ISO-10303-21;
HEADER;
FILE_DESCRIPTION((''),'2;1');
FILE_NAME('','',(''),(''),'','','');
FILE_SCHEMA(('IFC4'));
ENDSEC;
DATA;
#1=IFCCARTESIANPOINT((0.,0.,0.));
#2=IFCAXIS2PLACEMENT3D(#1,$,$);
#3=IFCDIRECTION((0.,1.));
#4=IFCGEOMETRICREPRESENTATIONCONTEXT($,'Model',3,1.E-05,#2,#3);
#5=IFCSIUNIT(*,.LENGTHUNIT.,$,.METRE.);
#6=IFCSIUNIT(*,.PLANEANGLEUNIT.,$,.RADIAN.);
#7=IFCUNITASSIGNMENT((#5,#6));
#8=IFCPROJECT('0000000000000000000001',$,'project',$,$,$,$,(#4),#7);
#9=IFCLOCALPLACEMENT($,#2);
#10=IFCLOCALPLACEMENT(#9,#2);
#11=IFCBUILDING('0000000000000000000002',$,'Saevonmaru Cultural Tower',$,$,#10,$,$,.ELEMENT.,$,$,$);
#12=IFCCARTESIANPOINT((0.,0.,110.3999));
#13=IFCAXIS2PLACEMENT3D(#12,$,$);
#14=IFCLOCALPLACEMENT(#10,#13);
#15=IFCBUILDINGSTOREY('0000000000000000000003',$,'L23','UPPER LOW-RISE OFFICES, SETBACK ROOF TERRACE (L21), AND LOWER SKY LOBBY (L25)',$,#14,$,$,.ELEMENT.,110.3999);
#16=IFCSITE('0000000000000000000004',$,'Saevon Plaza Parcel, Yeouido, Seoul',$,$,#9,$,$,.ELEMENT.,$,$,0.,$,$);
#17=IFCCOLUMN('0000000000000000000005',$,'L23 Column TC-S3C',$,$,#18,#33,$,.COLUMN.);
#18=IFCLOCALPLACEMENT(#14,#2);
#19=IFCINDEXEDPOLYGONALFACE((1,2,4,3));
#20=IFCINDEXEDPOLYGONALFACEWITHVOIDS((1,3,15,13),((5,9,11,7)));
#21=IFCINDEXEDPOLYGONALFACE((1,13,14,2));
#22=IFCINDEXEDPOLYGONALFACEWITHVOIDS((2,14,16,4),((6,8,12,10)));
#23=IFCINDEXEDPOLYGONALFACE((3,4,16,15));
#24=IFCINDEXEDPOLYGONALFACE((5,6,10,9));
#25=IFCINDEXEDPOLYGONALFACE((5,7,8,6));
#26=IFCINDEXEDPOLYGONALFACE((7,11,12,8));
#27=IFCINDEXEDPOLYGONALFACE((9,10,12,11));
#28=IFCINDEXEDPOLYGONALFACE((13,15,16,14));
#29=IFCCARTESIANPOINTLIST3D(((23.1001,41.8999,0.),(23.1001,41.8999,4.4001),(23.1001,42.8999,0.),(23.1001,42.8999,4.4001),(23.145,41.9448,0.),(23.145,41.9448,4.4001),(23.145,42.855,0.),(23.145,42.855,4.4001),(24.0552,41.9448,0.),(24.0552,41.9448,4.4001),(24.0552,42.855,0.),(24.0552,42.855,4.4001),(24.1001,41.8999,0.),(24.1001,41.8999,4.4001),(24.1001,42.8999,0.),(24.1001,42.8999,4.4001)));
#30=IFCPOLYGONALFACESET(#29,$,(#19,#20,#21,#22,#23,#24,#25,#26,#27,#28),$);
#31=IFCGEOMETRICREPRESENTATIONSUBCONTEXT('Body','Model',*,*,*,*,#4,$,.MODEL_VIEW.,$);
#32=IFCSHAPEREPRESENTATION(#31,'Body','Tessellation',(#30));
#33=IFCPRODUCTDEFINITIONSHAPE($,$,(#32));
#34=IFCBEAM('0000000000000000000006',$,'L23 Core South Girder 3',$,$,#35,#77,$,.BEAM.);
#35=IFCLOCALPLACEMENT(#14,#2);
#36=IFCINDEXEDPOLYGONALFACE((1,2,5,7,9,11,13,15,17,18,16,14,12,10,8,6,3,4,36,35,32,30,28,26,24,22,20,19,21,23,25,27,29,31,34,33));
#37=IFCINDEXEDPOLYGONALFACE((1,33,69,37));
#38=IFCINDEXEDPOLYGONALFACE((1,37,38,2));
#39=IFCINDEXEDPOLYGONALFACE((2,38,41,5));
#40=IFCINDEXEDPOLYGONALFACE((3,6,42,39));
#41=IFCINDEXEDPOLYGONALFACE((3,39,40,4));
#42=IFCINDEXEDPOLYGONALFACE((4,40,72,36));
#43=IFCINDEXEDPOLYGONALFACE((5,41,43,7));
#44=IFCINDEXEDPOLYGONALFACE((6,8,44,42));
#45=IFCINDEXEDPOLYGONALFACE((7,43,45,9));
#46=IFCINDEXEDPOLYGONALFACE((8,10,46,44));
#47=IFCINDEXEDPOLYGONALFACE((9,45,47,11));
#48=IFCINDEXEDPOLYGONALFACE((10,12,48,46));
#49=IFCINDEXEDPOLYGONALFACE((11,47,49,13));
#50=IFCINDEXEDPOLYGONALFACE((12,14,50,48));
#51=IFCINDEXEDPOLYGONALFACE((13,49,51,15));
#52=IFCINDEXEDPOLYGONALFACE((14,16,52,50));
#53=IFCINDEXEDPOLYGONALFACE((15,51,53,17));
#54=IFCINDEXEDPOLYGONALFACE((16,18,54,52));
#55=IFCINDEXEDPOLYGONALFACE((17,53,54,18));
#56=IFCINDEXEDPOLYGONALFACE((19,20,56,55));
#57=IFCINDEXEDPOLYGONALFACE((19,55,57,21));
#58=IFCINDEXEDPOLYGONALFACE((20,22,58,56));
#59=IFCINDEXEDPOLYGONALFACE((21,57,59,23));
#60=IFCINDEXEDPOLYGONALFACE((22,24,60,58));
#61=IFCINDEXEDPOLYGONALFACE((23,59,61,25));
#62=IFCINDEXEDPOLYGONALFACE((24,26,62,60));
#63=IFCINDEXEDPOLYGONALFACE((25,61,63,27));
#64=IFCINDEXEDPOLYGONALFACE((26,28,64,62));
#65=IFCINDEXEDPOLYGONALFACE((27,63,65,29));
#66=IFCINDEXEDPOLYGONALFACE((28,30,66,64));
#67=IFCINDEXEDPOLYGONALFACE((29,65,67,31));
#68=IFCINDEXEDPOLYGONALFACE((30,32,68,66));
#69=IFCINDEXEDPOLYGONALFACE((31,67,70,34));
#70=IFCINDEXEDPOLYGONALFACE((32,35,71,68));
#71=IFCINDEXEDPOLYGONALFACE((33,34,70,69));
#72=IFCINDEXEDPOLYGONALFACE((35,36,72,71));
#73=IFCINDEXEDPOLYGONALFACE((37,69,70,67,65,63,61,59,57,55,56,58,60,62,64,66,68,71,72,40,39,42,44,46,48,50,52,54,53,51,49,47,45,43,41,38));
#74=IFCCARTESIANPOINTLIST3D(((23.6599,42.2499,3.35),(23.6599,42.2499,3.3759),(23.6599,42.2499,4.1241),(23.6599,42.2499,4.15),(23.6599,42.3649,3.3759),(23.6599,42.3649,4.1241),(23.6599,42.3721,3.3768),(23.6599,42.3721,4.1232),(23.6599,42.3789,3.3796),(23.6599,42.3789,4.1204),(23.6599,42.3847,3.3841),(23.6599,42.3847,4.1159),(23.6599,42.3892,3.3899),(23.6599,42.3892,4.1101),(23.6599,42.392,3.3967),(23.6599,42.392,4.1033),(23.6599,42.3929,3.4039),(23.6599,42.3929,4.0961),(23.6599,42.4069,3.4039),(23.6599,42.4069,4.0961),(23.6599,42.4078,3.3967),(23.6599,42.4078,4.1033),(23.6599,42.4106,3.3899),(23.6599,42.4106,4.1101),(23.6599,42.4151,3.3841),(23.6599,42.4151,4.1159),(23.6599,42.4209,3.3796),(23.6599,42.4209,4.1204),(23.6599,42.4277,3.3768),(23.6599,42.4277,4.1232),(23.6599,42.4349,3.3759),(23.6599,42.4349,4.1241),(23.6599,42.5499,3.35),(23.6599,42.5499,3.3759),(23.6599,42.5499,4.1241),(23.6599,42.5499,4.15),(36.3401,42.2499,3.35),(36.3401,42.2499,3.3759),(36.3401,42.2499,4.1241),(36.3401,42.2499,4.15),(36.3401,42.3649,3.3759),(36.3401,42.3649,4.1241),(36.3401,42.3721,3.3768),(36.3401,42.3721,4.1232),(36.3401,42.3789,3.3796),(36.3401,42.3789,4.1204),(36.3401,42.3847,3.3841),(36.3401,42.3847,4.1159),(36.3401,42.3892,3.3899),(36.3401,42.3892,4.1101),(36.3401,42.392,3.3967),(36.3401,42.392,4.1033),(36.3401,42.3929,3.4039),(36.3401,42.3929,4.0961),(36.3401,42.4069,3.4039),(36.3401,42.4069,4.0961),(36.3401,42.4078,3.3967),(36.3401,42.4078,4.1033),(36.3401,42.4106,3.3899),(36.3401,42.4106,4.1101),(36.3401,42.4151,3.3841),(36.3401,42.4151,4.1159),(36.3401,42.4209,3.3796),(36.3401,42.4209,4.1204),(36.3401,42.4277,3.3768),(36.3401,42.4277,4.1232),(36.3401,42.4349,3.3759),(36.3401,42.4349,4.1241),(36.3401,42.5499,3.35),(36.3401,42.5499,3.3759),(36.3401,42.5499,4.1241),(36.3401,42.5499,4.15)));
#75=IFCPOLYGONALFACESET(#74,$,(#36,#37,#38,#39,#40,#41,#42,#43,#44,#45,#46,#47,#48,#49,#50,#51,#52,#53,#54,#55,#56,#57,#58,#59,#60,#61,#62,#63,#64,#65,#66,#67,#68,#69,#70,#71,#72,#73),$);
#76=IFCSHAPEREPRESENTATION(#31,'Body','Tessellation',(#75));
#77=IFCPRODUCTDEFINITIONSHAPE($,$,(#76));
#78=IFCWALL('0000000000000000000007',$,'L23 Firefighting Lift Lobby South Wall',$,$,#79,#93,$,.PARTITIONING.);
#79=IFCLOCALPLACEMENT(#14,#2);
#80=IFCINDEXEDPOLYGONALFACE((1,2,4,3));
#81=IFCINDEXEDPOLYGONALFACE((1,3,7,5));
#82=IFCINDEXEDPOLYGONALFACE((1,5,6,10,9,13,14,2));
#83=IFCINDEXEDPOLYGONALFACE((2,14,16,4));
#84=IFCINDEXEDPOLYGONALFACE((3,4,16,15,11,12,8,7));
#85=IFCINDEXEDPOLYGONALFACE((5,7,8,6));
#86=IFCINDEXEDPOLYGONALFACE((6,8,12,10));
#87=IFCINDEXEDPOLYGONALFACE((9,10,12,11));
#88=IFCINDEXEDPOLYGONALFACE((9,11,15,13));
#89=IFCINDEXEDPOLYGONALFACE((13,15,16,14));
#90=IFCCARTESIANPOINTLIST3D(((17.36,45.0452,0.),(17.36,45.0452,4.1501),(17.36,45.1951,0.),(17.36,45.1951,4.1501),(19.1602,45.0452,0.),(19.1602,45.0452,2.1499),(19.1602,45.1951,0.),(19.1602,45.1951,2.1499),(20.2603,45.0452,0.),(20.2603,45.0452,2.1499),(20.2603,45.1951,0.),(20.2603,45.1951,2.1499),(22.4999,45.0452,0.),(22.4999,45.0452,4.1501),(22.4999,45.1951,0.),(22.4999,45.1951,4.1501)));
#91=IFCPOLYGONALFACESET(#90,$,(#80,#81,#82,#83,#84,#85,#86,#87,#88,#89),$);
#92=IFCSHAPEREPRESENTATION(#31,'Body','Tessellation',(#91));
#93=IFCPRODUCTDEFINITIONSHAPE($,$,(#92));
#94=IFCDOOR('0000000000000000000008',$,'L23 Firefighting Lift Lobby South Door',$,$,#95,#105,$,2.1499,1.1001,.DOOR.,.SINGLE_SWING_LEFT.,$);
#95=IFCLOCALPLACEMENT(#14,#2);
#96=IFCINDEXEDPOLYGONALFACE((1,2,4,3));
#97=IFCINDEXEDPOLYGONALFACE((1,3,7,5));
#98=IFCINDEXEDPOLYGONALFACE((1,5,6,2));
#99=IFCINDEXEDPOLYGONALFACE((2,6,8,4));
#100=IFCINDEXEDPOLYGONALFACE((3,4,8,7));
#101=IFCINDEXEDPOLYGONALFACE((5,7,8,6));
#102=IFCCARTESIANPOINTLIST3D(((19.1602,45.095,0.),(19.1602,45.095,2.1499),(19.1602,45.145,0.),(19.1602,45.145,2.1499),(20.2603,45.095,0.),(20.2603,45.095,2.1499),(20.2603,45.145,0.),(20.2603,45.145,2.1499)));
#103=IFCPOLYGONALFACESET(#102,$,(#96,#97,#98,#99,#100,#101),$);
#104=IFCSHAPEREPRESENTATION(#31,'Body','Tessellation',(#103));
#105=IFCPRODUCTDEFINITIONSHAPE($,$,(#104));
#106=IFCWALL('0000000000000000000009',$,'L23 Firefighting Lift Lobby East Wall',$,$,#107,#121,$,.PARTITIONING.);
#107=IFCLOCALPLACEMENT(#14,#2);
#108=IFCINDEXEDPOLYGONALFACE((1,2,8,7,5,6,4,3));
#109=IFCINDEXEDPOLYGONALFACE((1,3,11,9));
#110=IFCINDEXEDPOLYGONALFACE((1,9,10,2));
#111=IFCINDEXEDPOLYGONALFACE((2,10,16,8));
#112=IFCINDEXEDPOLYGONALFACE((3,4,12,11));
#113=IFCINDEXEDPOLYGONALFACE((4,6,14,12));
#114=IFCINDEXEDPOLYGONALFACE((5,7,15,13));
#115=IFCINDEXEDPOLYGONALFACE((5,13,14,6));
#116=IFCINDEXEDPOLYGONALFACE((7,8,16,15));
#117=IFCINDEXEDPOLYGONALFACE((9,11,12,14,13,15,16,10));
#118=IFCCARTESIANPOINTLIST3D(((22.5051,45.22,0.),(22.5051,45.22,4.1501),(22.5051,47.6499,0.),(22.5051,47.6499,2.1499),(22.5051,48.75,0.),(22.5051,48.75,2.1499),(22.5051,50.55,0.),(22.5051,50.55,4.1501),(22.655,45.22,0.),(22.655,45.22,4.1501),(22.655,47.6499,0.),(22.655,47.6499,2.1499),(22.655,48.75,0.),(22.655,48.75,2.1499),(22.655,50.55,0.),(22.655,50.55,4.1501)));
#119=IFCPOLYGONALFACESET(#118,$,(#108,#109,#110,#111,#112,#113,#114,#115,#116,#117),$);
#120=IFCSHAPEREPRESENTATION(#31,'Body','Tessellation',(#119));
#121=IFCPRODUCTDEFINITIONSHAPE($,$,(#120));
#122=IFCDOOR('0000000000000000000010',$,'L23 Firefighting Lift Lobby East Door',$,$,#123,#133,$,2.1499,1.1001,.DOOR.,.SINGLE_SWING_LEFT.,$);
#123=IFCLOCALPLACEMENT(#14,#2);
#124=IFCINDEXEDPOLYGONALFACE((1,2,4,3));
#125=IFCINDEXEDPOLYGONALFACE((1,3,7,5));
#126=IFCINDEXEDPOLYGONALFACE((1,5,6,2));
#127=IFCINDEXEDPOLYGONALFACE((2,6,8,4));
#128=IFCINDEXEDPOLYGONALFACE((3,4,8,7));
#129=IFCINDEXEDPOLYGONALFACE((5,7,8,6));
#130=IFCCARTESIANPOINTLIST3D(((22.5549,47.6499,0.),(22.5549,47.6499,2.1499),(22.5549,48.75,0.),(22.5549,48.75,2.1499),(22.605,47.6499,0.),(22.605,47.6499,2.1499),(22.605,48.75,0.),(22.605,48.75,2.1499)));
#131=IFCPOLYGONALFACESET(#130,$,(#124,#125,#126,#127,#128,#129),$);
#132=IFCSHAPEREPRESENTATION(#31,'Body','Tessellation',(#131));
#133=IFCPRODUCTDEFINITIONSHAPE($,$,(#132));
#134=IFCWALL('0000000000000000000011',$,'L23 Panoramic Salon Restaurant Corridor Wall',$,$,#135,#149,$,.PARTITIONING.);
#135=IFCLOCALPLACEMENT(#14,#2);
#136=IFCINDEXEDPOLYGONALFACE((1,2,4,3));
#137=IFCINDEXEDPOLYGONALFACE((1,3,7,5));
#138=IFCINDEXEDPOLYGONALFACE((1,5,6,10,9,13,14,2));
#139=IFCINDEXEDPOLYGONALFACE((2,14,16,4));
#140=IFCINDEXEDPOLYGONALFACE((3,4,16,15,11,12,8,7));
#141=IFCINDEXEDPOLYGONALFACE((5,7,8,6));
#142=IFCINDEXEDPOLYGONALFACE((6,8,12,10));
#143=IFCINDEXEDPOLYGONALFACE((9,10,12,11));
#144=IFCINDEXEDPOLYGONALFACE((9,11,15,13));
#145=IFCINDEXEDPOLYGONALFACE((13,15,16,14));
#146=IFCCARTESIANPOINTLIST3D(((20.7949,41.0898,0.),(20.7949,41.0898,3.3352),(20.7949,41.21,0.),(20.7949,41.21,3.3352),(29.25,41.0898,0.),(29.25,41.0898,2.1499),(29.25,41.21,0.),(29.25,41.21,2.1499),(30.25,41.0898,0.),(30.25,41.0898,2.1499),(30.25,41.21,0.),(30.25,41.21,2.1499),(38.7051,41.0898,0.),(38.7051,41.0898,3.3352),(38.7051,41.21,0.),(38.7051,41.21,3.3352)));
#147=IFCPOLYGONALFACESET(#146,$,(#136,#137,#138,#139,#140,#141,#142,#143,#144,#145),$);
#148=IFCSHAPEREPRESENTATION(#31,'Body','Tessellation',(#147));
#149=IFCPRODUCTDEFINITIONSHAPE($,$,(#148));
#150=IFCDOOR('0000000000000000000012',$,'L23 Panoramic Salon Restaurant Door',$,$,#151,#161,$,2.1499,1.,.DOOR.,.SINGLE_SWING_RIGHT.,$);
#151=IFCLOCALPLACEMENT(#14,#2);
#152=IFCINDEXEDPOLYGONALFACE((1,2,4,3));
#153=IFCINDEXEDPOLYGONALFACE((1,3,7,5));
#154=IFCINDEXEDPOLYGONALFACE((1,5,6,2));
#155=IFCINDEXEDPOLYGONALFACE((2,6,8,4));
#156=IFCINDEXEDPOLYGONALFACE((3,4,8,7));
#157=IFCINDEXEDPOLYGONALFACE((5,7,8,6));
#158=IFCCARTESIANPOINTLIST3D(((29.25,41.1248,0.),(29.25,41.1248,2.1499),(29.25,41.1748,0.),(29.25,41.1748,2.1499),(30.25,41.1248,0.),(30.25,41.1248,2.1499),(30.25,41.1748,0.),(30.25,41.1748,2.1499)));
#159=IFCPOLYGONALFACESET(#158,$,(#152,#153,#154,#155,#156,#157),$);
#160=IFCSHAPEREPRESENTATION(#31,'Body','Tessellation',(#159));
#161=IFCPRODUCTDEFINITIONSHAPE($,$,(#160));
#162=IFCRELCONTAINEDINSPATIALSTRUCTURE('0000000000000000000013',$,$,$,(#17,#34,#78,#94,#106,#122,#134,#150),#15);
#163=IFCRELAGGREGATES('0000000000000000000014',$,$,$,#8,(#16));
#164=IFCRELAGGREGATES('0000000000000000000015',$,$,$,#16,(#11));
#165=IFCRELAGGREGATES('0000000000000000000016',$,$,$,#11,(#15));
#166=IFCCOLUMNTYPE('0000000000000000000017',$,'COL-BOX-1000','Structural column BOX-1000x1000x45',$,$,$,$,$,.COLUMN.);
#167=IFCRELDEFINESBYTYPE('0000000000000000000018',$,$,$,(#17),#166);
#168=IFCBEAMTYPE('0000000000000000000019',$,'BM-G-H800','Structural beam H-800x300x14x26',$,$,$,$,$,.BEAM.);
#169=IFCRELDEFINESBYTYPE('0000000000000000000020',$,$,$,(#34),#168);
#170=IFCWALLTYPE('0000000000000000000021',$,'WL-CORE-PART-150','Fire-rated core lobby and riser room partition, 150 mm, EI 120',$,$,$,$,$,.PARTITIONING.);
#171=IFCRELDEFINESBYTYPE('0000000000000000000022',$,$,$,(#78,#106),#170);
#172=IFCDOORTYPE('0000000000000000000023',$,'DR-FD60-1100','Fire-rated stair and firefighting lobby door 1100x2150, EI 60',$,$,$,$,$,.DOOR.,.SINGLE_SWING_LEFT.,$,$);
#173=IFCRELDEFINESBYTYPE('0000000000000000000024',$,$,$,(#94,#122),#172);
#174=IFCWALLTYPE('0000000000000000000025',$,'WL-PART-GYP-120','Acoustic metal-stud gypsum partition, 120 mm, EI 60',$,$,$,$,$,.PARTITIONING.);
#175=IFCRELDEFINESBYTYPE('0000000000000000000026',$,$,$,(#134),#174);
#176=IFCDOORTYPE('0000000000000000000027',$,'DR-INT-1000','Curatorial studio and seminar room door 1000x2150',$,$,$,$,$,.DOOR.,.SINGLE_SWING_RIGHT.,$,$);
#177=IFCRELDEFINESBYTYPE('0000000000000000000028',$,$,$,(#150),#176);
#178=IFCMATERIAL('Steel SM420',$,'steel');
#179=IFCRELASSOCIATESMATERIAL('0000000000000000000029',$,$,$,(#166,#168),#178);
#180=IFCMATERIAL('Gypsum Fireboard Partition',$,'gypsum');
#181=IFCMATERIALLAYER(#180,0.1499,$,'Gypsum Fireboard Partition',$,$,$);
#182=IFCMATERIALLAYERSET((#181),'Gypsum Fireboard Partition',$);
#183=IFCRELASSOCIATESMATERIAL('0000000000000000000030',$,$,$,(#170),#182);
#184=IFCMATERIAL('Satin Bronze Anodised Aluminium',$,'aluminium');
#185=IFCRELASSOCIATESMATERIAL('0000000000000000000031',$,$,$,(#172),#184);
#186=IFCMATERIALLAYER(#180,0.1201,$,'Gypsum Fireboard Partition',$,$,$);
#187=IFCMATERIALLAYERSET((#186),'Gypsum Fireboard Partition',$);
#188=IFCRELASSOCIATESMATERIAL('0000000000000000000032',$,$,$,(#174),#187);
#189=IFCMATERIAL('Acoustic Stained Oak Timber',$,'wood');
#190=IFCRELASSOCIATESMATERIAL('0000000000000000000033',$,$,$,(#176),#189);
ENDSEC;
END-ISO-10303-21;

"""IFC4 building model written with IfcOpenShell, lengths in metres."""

from ifc_helpers import new_model, si_unit, direction, frame, frame_2d, origin, origin_2d, place, context, subcontext, project, spatial, rectangle, hollow_rectangle, i_section, extrude, material, layer, layer_set, material_profile, profile_set, type_object, element, fill, save


model = new_model("IFC4")

# Units and contexts
model_context = context("Model", 3, precision=1e-05, world=origin(), true_north=direction((0.0, 1.0)))
body_context = subcontext(model_context, "Body", "Model", "MODEL_VIEW")
ifc_project = project(units=[si_unit("LENGTHUNIT", "METRE"), si_unit("PLANEANGLEUNIT", "RADIAN")], contexts=[model_context])

# Site, building, storey
site_placement = place(None, origin())
site = spatial("IfcSite", under=ifc_project, at=site_placement, Name="Saevon Plaza Parcel, Yeouido, Seoul", CompositionType="ELEMENT", RefElevation=0.0)
building_placement = place(site_placement, origin())
building = spatial("IfcBuilding", under=site, at=building_placement, Name="Saevonmaru Cultural Tower", CompositionType="ELEMENT")
storey_placement = place(building_placement, frame((0.0, 0.0, 110.3999)))
storey = spatial("IfcBuildingStorey", under=building, at=storey_placement, Name="L23", Description="UPPER LOW-RISE OFFICES, SETBACK ROOF TERRACE (L21), AND LOWER SKY LOBBY (L25)", CompositionType="ELEMENT", Elevation=110.3999)

# Column
ifc_material_1 = material(Name="Steel SM420", Category="steel")
ifc_material_profile_1 = material_profile(ifc_material_1, hollow_rectangle(XDim=1.0, YDim=1.0, WallThickness=0.0449, at=origin_2d()), Name="BOX-1000x1000x45")
ifc_profile_set_1 = profile_set([ifc_material_profile_1], Name="Steel SM420")
column_type = type_object("IfcColumnType", Name="COL-BOX-1000", Description="Structural column BOX-1000x1000x45", PredefinedType="COLUMN", material=ifc_profile_set_1)
column_placement = place(storey_placement, frame((23.6001, 42.3999, 0.0), z_axis=(0.0, 0.0, 1.0), x_axis=(1.0, 0.0, 0.0)))
element("IfcColumn", 1, at=column_placement, inside=storey, type_object=column_type, Name="L23 Column TC-S3C", PredefinedType="COLUMN", context=body_context, shape_type="SweptSolid", body=[
    extrude(hollow_rectangle(XDim=1.0, YDim=1.0, WallThickness=0.0449, at=origin_2d()), origin(), (0.0, 0.0, 1.0), 4.4001),
])

# Beam
ifc_material_profile_2 = material_profile(ifc_material_1, i_section(OverallWidth=0.3, OverallDepth=0.8, WebThickness=0.0139, FlangeThickness=0.0259, FilletRadius=0.0281, at=origin_2d()), Name="H-800x300x14x26")
ifc_profile_set_2 = profile_set([ifc_material_profile_2], Name="Steel SM420")
beam_type = type_object("IfcBeamType", Name="BM-G-H800", Description="Structural beam H-800x300x14x26", PredefinedType="BEAM", material=ifc_profile_set_2)
beam_placement = place(storey_placement, frame((23.6599, 42.3999, 3.75), z_axis=(1.0, 0.0, 0.0), x_axis=(0.0, 1.0, 0.0)))
element("IfcBeam", 2, at=beam_placement, inside=storey, type_object=beam_type, Name="L23 Core South Girder 3", PredefinedType="BEAM", context=body_context, shape_type="SweptSolid", body=[
    extrude(i_section(OverallWidth=0.3, OverallDepth=0.8, WebThickness=0.0139, FlangeThickness=0.0259, FilletRadius=0.0281, at=origin_2d()), origin(), (0.0, 0.0, 1.0), 12.6802),
])

# Walls, openings, doors
ifc_material_2 = material(Name="Gypsum Fireboard Partition", Category="gypsum")
ifc_layer_1 = layer(ifc_material_2, 0.1499, Name="Gypsum Fireboard Partition")
ifc_layer_set_1 = layer_set([ifc_layer_1], Name="Gypsum Fireboard Partition")
wall_type_1 = type_object("IfcWallType", Name="WL-CORE-PART-150", Description="Fire-rated core lobby and riser room partition, 150 mm, EI 120", PredefinedType="PARTITIONING", material=ifc_layer_set_1)
wall_1_placement = place(storey_placement, frame((17.3601, 45.1201, 0.0), z_axis=(0.0, 0.0, 1.0), x_axis=(1.0, 0.0, 0.0)))
wall_1 = element("IfcWall", 3, at=wall_1_placement, inside=storey, type_object=wall_type_1, Name="L23 Firefighting Lift Lobby South Wall", PredefinedType="PARTITIONING", context=body_context, shape_type="SweptSolid", body=[
    extrude(rectangle(XDim=5.1399, YDim=0.1499, at=frame_2d((2.5698, 0.0))), origin(), (0.0, 0.0, 1.0), 4.1501),
])
opening_1_placement = place(wall_1_placement, frame((1.8, 0.0, 0.0)))
opening_1 = element("IfcOpeningElement", 4, at=opening_1_placement, cuts=wall_1, PredefinedType="OPENING", context=body_context, shape_type="SweptSolid", body=[
    extrude(rectangle(XDim=1.1001, YDim=2.1499, at=frame_2d((0.55, 1.075))), frame((0.0, 0.085, 0.0), z_axis=(0.0, -1.0, 0.0), x_axis=(1.0, 0.0, 0.0)), (0.0, 0.0, 1.0), 0.1699),
])
ifc_material_3 = material(Name="Satin Bronze Anodised Aluminium", Category="aluminium")
door_type_1 = type_object("IfcDoorType", Name="DR-FD60-1100", Description="Fire-rated stair and firefighting lobby door 1100x2150, EI 60", OperationType="SINGLE_SWING_LEFT", PredefinedType="DOOR", material=ifc_material_3)
door_1_placement = place(opening_1_placement, origin())
door_1 = element("IfcDoor", 5, at=door_1_placement, inside=storey, type_object=door_type_1, Name="L23 Firefighting Lift Lobby South Door", OperationType="SINGLE_SWING_LEFT", OverallHeight=2.1499, OverallWidth=1.1001, PredefinedType="DOOR", context=body_context, shape_type="SweptSolid", body=[
    extrude(rectangle(XDim=1.1001, YDim=2.1499, at=frame_2d((0.55, 1.075))), frame((0.0, 0.0249, 0.0), z_axis=(0.0, -1.0, 0.0), x_axis=(1.0, 0.0, 0.0)), (0.0, 0.0, 1.0), 0.05),
])
fill(opening_1, door_1)
wall_2_placement = place(storey_placement, frame((22.5801, 50.55, 0.0), z_axis=(0.0, 0.0, 1.0), x_axis=(0.0, -1.0, 0.0)))
wall_2 = element("IfcWall", 6, at=wall_2_placement, inside=storey, type_object=wall_type_1, Name="L23 Firefighting Lift Lobby East Wall", PredefinedType="PARTITIONING", context=body_context, shape_type="SweptSolid", body=[
    extrude(rectangle(XDim=5.3301, YDim=0.1499, at=frame_2d((2.665, 0.0))), origin(), (0.0, 0.0, 1.0), 4.1501),
])
opening_2_placement = place(wall_2_placement, frame((1.8, 0.0, 0.0)))
opening_2 = element("IfcOpeningElement", 7, at=opening_2_placement, cuts=wall_2, PredefinedType="OPENING", context=body_context, shape_type="SweptSolid", body=[
    extrude(rectangle(XDim=1.1001, YDim=2.1499, at=frame_2d((0.55, 1.075))), frame((0.0, 0.085, 0.0), z_axis=(0.0, -1.0, 0.0), x_axis=(1.0, 0.0, 0.0)), (0.0, 0.0, 1.0), 0.1699),
])
door_2_placement = place(opening_2_placement, origin())
door_2 = element("IfcDoor", 8, at=door_2_placement, inside=storey, type_object=door_type_1, Name="L23 Firefighting Lift Lobby East Door", OperationType="SINGLE_SWING_LEFT", OverallHeight=2.1499, OverallWidth=1.1001, PredefinedType="DOOR", context=body_context, shape_type="SweptSolid", body=[
    extrude(rectangle(XDim=1.1001, YDim=2.1499, at=frame_2d((0.55, 1.075))), frame((0.0, 0.0249, 0.0), z_axis=(0.0, -1.0, 0.0), x_axis=(1.0, 0.0, 0.0)), (0.0, 0.0, 1.0), 0.05),
])
fill(opening_2, door_2)
ifc_layer_2 = layer(ifc_material_2, 0.1201, Name="Gypsum Fireboard Partition")
ifc_layer_set_2 = layer_set([ifc_layer_2], Name="Gypsum Fireboard Partition")
wall_type_2 = type_object("IfcWallType", Name="WL-PART-GYP-120", Description="Acoustic metal-stud gypsum partition, 120 mm, EI 60", PredefinedType="PARTITIONING", material=ifc_layer_set_2)
wall_3_placement = place(storey_placement, frame((20.7949, 41.1499, 0.0), z_axis=(0.0, 0.0, 1.0), x_axis=(1.0, 0.0, 0.0)))
wall_3 = element("IfcWall", 9, at=wall_3_placement, inside=storey, type_object=wall_type_2, Name="L23 Panoramic Salon Restaurant Corridor Wall", PredefinedType="PARTITIONING", context=body_context, shape_type="SweptSolid", body=[
    extrude(rectangle(XDim=17.9102, YDim=0.1201, at=frame_2d((8.9551, 0.0))), origin(), (0.0, 0.0, 1.0), 3.3352),
])
opening_3_placement = place(wall_3_placement, frame((8.4551, 0.0, 0.0)))
opening_3 = element("IfcOpeningElement", 10, at=opening_3_placement, cuts=wall_3, PredefinedType="OPENING", context=body_context, shape_type="SweptSolid", body=[
    extrude(rectangle(XDim=1.0, YDim=2.1499, at=frame_2d((0.5, 1.075))), frame((0.0, 0.0701, 0.0), z_axis=(0.0, -1.0, 0.0), x_axis=(1.0, 0.0, 0.0)), (0.0, 0.0, 1.0), 0.1401),
])
ifc_material_4 = material(Name="Acoustic Stained Oak Timber", Category="wood")
door_type_2 = type_object("IfcDoorType", Name="DR-INT-1000", Description="Curatorial studio and seminar room door 1000x2150", OperationType="SINGLE_SWING_RIGHT", PredefinedType="DOOR", material=ifc_material_4)
door_3_placement = place(opening_3_placement, origin())
door_3 = element("IfcDoor", 11, at=door_3_placement, inside=storey, type_object=door_type_2, Name="L23 Panoramic Salon Restaurant Door", OperationType="SINGLE_SWING_RIGHT", OverallHeight=2.1499, OverallWidth=1.0, PredefinedType="DOOR", context=body_context, shape_type="SweptSolid", body=[
    extrude(rectangle(XDim=1.0, YDim=2.1499, at=frame_2d((0.5, 1.075))), frame((0.0, 0.0249, 0.0), z_axis=(0.0, -1.0, 0.0), x_axis=(1.0, 0.0, 0.0)), (0.0, 0.0, 1.0), 0.05),
])
fill(opening_3, door_3)

save(model, "model.ifc")
